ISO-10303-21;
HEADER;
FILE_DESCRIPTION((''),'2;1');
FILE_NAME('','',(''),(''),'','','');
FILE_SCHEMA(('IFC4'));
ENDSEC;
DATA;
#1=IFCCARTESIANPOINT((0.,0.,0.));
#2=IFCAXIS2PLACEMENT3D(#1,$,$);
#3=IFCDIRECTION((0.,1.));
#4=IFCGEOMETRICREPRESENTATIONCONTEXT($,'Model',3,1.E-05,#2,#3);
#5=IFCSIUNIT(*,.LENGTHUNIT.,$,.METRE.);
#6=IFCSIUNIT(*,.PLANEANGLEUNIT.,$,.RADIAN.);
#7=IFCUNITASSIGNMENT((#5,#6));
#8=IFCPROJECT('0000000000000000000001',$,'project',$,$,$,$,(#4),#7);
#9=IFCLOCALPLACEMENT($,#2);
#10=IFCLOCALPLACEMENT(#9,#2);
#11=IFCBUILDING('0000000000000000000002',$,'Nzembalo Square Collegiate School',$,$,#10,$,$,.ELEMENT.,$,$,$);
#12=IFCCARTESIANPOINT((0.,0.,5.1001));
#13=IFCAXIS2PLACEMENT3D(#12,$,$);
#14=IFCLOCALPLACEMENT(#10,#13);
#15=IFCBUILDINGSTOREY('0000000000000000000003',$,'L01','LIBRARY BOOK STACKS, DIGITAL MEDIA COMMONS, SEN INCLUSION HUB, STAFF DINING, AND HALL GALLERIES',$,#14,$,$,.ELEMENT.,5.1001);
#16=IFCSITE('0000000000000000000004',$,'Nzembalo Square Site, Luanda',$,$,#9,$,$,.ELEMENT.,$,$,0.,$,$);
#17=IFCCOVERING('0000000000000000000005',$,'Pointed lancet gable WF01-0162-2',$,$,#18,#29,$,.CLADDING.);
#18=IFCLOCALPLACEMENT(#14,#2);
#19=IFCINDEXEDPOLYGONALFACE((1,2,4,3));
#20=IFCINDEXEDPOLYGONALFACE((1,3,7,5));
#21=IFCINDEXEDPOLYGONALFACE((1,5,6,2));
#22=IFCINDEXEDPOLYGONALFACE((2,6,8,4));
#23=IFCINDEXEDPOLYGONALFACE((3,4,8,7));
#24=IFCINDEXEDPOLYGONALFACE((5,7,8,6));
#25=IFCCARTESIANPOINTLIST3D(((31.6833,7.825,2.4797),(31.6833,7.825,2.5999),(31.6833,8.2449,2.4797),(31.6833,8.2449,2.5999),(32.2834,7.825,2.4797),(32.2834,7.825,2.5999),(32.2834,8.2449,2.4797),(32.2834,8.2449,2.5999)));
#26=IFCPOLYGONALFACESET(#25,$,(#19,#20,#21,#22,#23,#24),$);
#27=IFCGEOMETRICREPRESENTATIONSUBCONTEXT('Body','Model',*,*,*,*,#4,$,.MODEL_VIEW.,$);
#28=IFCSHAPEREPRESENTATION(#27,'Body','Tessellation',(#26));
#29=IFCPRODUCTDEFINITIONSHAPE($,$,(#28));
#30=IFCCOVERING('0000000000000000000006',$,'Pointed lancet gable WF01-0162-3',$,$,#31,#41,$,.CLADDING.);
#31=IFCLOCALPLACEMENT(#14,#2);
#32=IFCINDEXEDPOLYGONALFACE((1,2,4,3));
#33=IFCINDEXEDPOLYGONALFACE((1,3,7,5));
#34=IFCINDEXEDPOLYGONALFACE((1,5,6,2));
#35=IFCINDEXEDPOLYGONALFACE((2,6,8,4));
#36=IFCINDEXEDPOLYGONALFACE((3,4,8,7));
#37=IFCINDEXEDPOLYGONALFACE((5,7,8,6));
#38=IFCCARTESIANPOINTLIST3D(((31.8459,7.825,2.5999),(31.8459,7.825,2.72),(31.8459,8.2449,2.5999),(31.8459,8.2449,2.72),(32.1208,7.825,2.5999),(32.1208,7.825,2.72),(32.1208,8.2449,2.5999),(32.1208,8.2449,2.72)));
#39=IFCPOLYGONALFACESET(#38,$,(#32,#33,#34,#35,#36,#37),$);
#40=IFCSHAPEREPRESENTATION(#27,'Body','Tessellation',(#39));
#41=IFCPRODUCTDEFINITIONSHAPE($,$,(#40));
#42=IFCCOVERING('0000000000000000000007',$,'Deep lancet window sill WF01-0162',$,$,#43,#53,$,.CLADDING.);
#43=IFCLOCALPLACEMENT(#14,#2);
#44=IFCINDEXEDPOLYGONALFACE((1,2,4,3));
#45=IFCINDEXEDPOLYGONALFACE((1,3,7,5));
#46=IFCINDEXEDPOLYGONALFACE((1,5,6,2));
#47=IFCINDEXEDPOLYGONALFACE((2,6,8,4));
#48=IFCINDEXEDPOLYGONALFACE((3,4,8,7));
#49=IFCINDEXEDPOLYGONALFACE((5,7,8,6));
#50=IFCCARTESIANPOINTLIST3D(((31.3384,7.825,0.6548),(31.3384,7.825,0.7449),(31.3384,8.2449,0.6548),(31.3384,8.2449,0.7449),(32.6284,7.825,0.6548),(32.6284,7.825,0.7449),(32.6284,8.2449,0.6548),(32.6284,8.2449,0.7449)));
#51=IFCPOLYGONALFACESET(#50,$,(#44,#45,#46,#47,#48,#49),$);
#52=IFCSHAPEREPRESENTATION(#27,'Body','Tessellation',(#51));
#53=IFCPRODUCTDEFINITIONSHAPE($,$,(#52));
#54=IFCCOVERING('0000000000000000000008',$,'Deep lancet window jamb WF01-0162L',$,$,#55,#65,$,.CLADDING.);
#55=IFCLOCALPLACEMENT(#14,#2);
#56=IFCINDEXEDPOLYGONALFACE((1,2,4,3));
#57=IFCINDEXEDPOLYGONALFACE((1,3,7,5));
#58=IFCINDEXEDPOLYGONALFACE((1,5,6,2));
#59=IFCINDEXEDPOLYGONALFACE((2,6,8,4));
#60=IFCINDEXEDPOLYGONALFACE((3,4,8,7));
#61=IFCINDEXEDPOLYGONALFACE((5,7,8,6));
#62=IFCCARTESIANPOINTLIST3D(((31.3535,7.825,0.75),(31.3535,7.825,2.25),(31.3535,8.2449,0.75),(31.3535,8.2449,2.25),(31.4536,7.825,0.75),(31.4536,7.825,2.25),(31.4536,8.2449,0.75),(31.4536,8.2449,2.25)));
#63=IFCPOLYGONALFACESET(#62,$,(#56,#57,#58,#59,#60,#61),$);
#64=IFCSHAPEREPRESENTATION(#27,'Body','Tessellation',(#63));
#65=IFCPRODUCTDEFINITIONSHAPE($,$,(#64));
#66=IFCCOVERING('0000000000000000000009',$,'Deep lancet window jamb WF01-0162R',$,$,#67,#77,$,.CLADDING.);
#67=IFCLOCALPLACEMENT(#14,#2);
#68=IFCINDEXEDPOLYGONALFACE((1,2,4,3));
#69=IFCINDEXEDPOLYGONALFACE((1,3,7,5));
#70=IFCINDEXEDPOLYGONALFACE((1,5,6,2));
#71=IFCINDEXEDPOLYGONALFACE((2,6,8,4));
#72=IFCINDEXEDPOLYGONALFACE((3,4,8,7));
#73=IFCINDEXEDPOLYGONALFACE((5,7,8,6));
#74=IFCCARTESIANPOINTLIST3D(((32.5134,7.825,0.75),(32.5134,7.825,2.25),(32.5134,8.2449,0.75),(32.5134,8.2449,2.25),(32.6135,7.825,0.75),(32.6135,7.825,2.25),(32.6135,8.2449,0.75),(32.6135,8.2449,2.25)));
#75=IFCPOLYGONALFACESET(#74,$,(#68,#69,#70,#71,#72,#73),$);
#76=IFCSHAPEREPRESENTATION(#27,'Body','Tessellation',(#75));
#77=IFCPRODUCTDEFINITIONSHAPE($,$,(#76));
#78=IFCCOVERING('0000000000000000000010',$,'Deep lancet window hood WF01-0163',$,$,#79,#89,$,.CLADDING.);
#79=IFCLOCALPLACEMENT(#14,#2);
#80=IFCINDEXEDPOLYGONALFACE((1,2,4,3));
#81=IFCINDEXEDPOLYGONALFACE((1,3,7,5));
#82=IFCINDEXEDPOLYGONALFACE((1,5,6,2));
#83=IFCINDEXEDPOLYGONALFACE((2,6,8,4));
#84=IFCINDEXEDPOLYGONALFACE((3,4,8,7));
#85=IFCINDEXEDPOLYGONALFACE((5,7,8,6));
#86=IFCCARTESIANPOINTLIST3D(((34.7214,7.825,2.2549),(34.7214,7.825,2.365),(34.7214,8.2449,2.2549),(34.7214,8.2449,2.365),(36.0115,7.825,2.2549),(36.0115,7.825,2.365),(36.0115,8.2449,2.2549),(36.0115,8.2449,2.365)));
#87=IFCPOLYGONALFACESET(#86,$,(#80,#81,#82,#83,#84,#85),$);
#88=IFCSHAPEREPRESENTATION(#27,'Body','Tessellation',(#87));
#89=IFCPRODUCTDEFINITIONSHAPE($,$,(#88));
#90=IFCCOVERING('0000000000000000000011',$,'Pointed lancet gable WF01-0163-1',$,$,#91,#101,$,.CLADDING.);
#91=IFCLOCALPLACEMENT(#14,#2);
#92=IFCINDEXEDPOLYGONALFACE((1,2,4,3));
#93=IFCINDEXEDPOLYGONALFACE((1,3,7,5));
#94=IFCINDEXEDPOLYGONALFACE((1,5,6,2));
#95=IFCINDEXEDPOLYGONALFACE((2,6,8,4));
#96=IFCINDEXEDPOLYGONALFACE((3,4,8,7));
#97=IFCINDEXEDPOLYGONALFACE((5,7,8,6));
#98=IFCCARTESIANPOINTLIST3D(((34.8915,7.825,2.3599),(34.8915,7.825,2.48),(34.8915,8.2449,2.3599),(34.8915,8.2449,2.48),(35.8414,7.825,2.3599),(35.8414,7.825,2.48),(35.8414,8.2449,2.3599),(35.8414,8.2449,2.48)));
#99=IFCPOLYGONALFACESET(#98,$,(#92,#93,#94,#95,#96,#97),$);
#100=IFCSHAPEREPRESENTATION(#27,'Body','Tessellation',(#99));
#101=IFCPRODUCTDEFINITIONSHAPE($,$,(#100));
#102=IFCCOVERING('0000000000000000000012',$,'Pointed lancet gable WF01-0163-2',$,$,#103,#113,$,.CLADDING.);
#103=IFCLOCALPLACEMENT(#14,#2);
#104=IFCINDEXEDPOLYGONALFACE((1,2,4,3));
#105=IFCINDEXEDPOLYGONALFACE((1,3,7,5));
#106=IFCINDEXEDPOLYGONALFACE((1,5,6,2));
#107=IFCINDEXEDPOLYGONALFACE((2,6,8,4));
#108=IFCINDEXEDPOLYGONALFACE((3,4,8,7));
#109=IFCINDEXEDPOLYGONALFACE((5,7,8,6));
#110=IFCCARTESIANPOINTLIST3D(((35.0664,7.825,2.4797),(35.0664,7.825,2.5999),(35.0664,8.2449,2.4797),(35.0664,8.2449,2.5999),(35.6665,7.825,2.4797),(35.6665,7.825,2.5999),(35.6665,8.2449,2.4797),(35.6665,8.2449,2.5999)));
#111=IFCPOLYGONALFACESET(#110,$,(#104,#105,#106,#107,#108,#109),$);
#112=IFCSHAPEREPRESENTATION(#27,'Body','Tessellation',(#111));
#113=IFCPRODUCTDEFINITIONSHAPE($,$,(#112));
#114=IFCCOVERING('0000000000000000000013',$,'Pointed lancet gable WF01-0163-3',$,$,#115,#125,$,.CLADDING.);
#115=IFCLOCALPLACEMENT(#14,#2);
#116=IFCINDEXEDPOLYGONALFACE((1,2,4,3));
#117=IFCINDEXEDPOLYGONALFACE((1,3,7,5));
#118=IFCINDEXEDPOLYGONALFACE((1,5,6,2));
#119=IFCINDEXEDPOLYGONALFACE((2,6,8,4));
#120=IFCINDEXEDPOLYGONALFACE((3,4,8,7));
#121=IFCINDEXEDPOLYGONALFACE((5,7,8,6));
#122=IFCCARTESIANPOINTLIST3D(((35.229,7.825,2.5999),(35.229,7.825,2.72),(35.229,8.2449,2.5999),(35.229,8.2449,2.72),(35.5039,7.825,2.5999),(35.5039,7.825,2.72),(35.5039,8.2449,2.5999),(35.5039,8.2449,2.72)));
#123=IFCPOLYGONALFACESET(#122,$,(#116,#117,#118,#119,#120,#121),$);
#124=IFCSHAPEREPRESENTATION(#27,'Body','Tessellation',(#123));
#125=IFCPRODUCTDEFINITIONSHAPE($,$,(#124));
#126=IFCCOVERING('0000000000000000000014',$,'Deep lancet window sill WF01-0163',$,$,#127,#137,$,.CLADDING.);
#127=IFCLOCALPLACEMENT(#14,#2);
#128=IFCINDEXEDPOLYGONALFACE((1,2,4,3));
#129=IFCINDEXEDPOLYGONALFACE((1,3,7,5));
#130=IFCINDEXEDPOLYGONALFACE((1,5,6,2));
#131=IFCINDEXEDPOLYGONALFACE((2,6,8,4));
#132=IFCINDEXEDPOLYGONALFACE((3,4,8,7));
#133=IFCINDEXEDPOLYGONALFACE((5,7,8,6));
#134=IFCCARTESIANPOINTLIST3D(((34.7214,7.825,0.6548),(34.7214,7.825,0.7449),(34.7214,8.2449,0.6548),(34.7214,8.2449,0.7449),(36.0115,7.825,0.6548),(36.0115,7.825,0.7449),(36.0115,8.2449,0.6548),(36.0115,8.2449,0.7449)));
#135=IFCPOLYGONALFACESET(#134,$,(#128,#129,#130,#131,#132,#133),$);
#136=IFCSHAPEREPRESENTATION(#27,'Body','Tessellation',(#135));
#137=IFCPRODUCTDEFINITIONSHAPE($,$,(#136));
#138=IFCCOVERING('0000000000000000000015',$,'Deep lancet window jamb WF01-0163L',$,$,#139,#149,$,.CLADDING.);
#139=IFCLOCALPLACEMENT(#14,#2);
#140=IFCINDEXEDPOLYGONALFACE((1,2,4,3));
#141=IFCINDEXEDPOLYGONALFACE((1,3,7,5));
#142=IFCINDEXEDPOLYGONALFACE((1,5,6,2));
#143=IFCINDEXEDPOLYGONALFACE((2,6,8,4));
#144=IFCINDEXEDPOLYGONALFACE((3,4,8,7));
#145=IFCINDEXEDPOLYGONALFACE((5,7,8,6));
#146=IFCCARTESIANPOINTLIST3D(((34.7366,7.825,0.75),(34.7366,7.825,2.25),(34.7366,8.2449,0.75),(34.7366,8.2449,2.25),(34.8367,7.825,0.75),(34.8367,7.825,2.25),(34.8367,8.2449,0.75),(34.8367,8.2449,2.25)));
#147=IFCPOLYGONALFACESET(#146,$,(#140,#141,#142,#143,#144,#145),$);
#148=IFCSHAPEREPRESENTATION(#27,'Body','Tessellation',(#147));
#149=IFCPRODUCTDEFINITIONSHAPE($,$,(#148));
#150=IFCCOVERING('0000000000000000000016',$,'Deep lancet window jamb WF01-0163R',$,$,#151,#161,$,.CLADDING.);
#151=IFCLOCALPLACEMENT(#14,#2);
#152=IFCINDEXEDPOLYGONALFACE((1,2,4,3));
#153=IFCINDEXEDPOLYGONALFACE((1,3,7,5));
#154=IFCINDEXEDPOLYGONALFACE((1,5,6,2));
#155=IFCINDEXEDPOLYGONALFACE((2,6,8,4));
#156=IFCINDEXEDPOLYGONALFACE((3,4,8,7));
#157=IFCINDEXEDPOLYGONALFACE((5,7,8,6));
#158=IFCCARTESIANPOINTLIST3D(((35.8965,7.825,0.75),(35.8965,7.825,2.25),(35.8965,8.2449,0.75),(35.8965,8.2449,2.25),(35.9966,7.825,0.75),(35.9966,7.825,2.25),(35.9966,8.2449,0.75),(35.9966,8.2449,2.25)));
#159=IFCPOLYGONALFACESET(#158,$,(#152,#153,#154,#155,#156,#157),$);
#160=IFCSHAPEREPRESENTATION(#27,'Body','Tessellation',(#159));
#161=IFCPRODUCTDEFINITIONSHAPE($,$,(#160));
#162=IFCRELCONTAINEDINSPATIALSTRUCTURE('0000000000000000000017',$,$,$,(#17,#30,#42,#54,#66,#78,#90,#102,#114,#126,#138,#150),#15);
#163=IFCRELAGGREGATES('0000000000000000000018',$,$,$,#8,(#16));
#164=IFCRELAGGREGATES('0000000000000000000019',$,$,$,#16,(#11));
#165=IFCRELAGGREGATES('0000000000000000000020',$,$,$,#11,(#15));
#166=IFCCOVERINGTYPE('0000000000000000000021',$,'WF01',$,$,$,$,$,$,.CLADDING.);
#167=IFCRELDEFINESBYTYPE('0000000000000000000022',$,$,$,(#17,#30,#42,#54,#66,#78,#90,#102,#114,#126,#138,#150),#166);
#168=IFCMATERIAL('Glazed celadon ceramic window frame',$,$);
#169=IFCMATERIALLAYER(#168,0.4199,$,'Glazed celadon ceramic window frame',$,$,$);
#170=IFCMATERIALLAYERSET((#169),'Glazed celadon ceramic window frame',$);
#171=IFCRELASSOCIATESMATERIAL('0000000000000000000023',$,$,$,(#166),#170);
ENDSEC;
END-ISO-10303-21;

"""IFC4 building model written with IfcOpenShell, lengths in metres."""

from ifc_helpers import new_model, si_unit, direction, frame, origin, origin_2d, place, context, subcontext, project, spatial, rectangle, extrude, material, layer, layer_set, type_object, element, save


model = new_model("IFC4")

# Units and contexts
model_context = context("Model", 3, precision=1e-05, world=origin(), true_north=direction((0.0, 1.0)))
body_context = subcontext(model_context, "Body", "Model", "MODEL_VIEW")
ifc_project = project(units=[si_unit("LENGTHUNIT", "METRE"), si_unit("PLANEANGLEUNIT", "RADIAN")], contexts=[model_context])

# Site, building, storey
site_placement = place(None, origin())
site = spatial("IfcSite", under=ifc_project, at=site_placement, Name="Nzembalo Square Site, Luanda", CompositionType="ELEMENT", RefElevation=0.0)
building_placement = place(site_placement, origin())
building = spatial("IfcBuilding", under=site, at=building_placement, Name="Nzembalo Square Collegiate School", CompositionType="ELEMENT")
storey_placement = place(building_placement, frame((0.0, 0.0, 5.1001)))
storey = spatial("IfcBuildingStorey", under=building, at=storey_placement, Name="L01", Description="LIBRARY BOOK STACKS, DIGITAL MEDIA COMMONS, SEN INCLUSION HUB, STAFF DINING, AND HALL GALLERIES", CompositionType="ELEMENT", Elevation=5.1001)

# Coverings
ifc_material_1 = material(Name="Glazed celadon ceramic window frame")
ifc_layer_1 = layer(ifc_material_1, 0.4199, Name="Glazed celadon ceramic window frame")
ifc_layer_set_1 = layer_set([ifc_layer_1], Name="Glazed celadon ceramic window frame")
covering_type_1 = type_object("IfcCoveringType", Name="WF01", PredefinedType="CLADDING", material=ifc_layer_set_1)
covering_1_placement = place(storey_placement, frame((31.9834, 8.0349, 2.4797), z_axis=(0.0, 0.0, 1.0), x_axis=(1.0, 0.0, 0.0)))
element("IfcCovering", 1, at=covering_1_placement, inside=storey, type_object=covering_type_1, Name="Pointed lancet gable WF01-0162-2", PredefinedType="CLADDING", context=body_context, shape_type="SweptSolid", body=[
    extrude(rectangle(XDim=0.6001, YDim=0.4199, at=origin_2d()), origin(), (0.0, 0.0, 1.0), 0.1201),
])
covering_2_placement = place(storey_placement, frame((31.9834, 8.0349, 2.5999), z_axis=(0.0, 0.0, 1.0), x_axis=(1.0, 0.0, 0.0)))
element("IfcCovering", 2, at=covering_2_placement, inside=storey, type_object=covering_type_1, Name="Pointed lancet gable WF01-0162-3", PredefinedType="CLADDING", context=body_context, shape_type="SweptSolid", body=[
    extrude(rectangle(XDim=0.2749, YDim=0.4199, at=origin_2d()), origin(), (0.0, 0.0, 1.0), 0.1201),
])
covering_3_placement = place(storey_placement, frame((31.9834, 8.0349, 0.6548), z_axis=(0.0, 0.0, 1.0), x_axis=(1.0, 0.0, 0.0)))
element("IfcCovering", 3, at=covering_3_placement, inside=storey, type_object=covering_type_1, Name="Deep lancet window sill WF01-0162", PredefinedType="CLADDING", context=body_context, shape_type="SweptSolid", body=[
    extrude(rectangle(XDim=1.29, YDim=0.4199, at=origin_2d()), origin(), (0.0, 0.0, 1.0), 0.0901),
])
for number, where, z_axis, x_axis, name in (
    (4, (31.4036, 8.0349, 0.75), (0.0, 0.0, 1.0), (1.0, 0.0, 0.0), "Deep lancet window jamb WF01-0162L"),
    (5, (32.5635, 8.0349, 0.75), (0.0, 0.0, 1.0), (1.0, 0.0, 0.0), "Deep lancet window jamb WF01-0162R"),
):
    element("IfcCovering", number, at=place(storey_placement, frame(where, z_axis=z_axis, x_axis=x_axis)), inside=storey, type_object=covering_type_1, Name=name, PredefinedType="CLADDING", context=body_context, shape_type="SweptSolid", body=[
        extrude(rectangle(XDim=0.1001, YDim=0.4199, at=origin_2d()), origin(), (0.0, 0.0, 1.0), 1.5),
    ])
covering_4_placement = place(storey_placement, frame((35.3665, 8.0349, 2.2549), z_axis=(0.0, 0.0, 1.0), x_axis=(1.0, 0.0, 0.0)))
element("IfcCovering", 6, at=covering_4_placement, inside=storey, type_object=covering_type_1, Name="Deep lancet window hood WF01-0163", PredefinedType="CLADDING", context=body_context, shape_type="SweptSolid", body=[
    extrude(rectangle(XDim=1.29, YDim=0.4199, at=origin_2d()), origin(), (0.0, 0.0, 1.0), 0.1101),
])
covering_5_placement = place(storey_placement, frame((35.3665, 8.0349, 2.3599), z_axis=(0.0, 0.0, 1.0), x_axis=(1.0, 0.0, 0.0)))
element("IfcCovering", 7, at=covering_5_placement, inside=storey, type_object=covering_type_1, Name="Pointed lancet gable WF01-0163-1", PredefinedType="CLADDING", context=body_context, shape_type="SweptSolid", body=[
    extrude(rectangle(XDim=0.95, YDim=0.4199, at=origin_2d()), origin(), (0.0, 0.0, 1.0), 0.1201),
])
covering_6_placement = place(storey_placement, frame((35.3665, 8.0349, 2.4797), z_axis=(0.0, 0.0, 1.0), x_axis=(1.0, 0.0, 0.0)))
element("IfcCovering", 8, at=covering_6_placement, inside=storey, type_object=covering_type_1, Name="Pointed lancet gable WF01-0163-2", PredefinedType="CLADDING", context=body_context, shape_type="SweptSolid", body=[
    extrude(rectangle(XDim=0.6001, YDim=0.4199, at=origin_2d()), origin(), (0.0, 0.0, 1.0), 0.1201),
])
covering_7_placement = place(storey_placement, frame((35.3665, 8.0349, 2.5999), z_axis=(0.0, 0.0, 1.0), x_axis=(1.0, 0.0, 0.0)))
element("IfcCovering", 9, at=covering_7_placement, inside=storey, type_object=covering_type_1, Name="Pointed lancet gable WF01-0163-3", PredefinedType="CLADDING", context=body_context, shape_type="SweptSolid", body=[
    extrude(rectangle(XDim=0.2749, YDim=0.4199, at=origin_2d()), origin(), (0.0, 0.0, 1.0), 0.1201),
])
covering_8_placement = place(storey_placement, frame((35.3665, 8.0349, 0.6548), z_axis=(0.0, 0.0, 1.0), x_axis=(1.0, 0.0, 0.0)))
element("IfcCovering", 10, at=covering_8_placement, inside=storey, type_object=covering_type_1, Name="Deep lancet window sill WF01-0163", PredefinedType="CLADDING", context=body_context, shape_type="SweptSolid", body=[
    extrude(rectangle(XDim=1.29, YDim=0.4199, at=origin_2d()), origin(), (0.0, 0.0, 1.0), 0.0901),
])
for number, where, z_axis, x_axis, name in (
    (11, (34.7866, 8.0349, 0.75), (0.0, 0.0, 1.0), (1.0, 0.0, 0.0), "Deep lancet window jamb WF01-0163L"),
    (12, (35.9465, 8.0349, 0.75), (0.0, 0.0, 1.0), (1.0, 0.0, 0.0), "Deep lancet window jamb WF01-0163R"),
):
    element("IfcCovering", number, at=place(storey_placement, frame(where, z_axis=z_axis, x_axis=x_axis)), inside=storey, type_object=covering_type_1, Name=name, PredefinedType="CLADDING", context=body_context, shape_type="SweptSolid", body=[
        extrude(rectangle(XDim=0.1001, YDim=0.4199, at=origin_2d()), origin(), (0.0, 0.0, 1.0), 1.5),
    ])

save(model, "model.ifc")
